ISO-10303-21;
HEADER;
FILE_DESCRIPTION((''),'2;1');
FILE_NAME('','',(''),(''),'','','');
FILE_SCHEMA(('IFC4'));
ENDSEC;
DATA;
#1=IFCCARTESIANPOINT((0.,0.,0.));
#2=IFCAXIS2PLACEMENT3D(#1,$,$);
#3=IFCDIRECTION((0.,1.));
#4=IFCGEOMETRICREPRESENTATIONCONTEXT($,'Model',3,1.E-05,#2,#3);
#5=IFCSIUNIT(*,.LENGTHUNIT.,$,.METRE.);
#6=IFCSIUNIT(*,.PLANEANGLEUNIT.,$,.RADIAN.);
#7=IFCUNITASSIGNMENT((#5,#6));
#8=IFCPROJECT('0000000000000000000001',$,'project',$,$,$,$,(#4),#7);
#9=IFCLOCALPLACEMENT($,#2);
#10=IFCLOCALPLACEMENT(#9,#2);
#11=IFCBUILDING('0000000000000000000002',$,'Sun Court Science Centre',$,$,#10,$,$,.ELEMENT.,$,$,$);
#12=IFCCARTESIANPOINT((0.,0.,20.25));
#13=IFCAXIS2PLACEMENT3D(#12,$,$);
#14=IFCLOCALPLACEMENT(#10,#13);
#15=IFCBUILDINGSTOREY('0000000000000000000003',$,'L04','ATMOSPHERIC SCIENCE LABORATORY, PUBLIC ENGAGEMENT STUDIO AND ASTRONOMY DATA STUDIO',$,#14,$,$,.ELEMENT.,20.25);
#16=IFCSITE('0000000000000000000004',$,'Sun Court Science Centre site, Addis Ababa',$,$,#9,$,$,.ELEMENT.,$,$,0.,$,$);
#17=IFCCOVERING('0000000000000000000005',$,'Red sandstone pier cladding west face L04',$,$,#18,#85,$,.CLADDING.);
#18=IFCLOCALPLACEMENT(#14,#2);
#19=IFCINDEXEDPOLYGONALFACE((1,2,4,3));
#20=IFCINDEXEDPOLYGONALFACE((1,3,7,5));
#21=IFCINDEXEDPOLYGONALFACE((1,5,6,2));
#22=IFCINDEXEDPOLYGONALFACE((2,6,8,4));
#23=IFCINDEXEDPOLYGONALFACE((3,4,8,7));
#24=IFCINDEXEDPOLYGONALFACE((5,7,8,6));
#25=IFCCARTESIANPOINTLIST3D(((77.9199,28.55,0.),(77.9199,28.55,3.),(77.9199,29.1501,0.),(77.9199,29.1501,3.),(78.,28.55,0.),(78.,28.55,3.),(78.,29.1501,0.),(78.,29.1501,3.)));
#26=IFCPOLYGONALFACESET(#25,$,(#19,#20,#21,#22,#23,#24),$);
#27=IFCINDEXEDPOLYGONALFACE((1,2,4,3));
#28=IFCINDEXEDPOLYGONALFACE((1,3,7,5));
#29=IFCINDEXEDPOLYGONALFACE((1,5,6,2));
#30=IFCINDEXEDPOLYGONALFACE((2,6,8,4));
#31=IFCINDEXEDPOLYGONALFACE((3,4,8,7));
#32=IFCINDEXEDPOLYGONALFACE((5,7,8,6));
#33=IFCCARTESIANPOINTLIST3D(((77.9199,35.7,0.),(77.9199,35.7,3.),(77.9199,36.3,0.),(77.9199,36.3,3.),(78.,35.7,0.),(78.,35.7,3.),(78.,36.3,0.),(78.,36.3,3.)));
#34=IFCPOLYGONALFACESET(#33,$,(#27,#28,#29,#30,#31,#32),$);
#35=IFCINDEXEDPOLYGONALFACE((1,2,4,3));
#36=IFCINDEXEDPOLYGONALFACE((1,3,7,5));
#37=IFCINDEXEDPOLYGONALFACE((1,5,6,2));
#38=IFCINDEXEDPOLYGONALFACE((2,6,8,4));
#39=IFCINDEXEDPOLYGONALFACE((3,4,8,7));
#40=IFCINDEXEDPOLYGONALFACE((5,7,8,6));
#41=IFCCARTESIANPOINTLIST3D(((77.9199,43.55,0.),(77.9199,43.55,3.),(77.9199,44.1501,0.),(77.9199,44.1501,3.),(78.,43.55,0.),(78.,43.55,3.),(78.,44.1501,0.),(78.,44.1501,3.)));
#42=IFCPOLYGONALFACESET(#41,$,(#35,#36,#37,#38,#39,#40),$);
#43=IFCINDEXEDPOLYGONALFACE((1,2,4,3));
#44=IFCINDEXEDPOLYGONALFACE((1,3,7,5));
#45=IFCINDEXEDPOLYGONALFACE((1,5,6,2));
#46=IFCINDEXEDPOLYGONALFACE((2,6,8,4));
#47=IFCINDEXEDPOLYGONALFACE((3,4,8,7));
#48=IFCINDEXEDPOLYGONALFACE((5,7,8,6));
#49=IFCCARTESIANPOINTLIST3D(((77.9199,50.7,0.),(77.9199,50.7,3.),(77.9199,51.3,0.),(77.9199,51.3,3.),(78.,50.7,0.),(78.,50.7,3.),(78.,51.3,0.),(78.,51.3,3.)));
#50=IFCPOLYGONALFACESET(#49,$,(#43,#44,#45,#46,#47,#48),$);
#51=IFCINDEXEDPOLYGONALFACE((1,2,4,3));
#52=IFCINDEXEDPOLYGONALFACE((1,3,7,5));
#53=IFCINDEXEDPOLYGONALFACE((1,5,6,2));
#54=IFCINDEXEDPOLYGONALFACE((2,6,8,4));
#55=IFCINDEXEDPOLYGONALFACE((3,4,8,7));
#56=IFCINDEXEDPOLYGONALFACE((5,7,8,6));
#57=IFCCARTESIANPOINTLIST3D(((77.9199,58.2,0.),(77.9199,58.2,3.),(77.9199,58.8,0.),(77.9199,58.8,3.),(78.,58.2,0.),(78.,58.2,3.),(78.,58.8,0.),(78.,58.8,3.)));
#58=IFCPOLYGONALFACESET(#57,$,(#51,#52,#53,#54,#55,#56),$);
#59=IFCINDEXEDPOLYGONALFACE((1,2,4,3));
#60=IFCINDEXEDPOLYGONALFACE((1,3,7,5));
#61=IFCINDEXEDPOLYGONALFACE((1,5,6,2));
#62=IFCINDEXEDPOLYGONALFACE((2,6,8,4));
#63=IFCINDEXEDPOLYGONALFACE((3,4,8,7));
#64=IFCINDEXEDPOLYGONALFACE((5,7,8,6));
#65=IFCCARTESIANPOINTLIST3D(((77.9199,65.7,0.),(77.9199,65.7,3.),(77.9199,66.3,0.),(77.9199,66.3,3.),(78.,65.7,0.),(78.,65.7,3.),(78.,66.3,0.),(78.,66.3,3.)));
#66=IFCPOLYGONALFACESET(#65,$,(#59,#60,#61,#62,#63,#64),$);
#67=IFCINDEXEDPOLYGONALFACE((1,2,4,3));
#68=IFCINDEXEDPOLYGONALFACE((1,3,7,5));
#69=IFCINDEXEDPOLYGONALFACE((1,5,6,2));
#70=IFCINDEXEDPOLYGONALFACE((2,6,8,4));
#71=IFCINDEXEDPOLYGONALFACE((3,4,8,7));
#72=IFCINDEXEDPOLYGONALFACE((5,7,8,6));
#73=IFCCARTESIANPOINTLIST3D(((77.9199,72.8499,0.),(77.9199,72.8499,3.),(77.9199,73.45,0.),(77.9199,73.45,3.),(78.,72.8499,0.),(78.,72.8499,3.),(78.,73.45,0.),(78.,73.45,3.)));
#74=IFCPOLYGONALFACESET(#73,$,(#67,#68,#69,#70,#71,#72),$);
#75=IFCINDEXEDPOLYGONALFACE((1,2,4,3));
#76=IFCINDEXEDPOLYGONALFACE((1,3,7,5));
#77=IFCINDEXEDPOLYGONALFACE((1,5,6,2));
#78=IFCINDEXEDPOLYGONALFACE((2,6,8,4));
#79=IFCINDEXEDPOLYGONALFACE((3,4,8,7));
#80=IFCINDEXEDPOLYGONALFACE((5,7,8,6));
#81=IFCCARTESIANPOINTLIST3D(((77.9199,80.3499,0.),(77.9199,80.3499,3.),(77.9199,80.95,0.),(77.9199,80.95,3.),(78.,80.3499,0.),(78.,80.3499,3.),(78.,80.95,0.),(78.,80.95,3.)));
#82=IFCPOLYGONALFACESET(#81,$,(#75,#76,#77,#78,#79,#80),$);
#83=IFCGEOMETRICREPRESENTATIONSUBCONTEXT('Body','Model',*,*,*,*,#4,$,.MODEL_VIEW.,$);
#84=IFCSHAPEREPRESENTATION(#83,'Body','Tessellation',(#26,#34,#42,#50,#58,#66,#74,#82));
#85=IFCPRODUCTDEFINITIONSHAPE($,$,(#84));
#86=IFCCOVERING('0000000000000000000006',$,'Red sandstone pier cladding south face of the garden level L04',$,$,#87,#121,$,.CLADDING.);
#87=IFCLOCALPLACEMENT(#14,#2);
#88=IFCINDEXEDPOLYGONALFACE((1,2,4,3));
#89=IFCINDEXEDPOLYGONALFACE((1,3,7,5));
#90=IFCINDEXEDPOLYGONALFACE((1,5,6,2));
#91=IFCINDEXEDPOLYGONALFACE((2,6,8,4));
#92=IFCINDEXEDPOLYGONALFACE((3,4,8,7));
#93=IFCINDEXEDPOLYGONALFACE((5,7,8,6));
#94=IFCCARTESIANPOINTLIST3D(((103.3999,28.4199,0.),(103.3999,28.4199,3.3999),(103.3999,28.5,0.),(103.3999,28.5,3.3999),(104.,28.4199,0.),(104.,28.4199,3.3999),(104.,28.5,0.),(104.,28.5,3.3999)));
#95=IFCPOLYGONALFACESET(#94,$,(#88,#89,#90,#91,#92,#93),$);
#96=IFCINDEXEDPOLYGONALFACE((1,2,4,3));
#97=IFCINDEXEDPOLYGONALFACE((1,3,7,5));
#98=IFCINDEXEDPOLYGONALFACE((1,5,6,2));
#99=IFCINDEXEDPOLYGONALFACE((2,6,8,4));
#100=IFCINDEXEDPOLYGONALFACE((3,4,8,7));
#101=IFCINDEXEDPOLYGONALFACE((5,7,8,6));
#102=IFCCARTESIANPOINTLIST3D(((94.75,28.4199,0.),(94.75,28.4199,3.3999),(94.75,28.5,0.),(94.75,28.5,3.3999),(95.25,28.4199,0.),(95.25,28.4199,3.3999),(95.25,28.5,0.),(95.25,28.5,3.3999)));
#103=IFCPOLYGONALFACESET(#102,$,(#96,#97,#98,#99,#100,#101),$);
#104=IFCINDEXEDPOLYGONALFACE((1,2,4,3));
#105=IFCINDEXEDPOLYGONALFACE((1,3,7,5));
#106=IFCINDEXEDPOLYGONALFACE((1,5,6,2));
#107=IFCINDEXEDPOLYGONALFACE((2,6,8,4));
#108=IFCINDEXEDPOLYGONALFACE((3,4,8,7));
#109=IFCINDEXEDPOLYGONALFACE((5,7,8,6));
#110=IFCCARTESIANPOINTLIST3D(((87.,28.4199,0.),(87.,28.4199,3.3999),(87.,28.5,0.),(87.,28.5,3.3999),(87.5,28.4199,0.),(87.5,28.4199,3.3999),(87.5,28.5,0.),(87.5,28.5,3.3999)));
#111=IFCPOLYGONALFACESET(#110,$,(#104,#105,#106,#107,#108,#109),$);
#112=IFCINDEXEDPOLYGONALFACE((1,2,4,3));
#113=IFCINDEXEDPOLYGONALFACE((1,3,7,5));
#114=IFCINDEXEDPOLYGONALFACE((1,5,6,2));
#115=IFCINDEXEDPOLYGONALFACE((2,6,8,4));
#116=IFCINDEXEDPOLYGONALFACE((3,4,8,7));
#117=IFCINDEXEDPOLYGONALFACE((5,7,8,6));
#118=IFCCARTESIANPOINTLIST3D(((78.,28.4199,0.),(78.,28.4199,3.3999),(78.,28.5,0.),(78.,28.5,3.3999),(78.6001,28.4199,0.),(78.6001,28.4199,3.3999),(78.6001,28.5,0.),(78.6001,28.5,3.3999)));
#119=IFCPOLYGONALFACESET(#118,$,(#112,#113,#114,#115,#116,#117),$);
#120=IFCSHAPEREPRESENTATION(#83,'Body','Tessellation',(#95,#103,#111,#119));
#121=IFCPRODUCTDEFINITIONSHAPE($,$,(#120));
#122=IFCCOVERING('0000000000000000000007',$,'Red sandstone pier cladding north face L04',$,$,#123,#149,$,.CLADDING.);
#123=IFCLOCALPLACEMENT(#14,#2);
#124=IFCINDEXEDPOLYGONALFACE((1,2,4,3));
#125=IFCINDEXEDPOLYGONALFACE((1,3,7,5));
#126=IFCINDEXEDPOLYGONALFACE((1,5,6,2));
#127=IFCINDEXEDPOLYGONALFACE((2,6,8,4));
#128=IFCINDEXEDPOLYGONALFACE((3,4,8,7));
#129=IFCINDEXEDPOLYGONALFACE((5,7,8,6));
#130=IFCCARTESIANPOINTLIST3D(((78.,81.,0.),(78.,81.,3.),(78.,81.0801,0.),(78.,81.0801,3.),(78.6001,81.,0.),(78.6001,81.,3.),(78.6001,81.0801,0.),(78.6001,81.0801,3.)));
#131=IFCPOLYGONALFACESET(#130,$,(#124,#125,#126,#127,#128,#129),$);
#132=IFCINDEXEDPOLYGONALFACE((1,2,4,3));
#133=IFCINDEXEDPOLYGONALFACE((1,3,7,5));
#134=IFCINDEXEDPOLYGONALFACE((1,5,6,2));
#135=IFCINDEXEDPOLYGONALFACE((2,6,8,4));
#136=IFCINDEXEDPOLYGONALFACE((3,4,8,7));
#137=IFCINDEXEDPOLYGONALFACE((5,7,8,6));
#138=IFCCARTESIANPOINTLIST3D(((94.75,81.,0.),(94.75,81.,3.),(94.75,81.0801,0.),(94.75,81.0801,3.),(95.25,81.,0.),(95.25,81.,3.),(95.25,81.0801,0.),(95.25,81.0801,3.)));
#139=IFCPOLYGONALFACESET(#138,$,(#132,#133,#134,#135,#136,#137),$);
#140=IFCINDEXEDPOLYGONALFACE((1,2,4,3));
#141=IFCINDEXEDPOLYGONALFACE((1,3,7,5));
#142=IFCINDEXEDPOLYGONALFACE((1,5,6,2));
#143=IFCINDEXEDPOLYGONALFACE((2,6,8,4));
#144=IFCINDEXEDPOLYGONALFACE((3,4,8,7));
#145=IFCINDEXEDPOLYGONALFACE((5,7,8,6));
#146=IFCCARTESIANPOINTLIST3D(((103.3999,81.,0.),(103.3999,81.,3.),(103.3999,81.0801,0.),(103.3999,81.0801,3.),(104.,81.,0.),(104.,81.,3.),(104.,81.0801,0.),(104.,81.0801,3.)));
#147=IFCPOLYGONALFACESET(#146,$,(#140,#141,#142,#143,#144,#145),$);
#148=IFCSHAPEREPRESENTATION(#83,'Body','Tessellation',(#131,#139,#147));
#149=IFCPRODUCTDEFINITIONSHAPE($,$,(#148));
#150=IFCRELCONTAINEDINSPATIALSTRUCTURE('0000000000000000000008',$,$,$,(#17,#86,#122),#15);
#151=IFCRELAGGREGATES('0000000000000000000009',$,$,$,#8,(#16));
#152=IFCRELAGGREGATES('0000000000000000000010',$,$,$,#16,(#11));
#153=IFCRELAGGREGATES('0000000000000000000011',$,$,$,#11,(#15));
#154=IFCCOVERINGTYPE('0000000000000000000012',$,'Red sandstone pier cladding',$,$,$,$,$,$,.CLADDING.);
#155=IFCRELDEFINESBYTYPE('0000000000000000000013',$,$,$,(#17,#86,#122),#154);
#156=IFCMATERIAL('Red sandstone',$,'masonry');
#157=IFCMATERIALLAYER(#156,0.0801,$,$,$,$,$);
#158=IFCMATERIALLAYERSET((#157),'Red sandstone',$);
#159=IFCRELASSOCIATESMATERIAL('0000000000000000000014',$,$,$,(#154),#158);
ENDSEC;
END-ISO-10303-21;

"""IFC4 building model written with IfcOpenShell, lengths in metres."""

from ifc_helpers import new_model, si_unit, direction, frame, origin, origin_2d, place, context, subcontext, project, spatial, rectangle, extrude, material, layer, layer_set, type_object, element, save


model = new_model("IFC4")

# Units and contexts
model_context = context("Model", 3, precision=1e-05, world=origin(), true_north=direction((0.0, 1.0)))
body_context = subcontext(model_context, "Body", "Model", "MODEL_VIEW")
ifc_project = project(units=[si_unit("LENGTHUNIT", "METRE"), si_unit("PLANEANGLEUNIT", "RADIAN")], contexts=[model_context])

# Site, building, storey
site_placement = place(None, origin())
site = spatial("IfcSite", under=ifc_project, at=site_placement, Name="Sun Court Science Centre site, Addis Ababa", CompositionType="ELEMENT", RefElevation=0.0)
building_placement = place(site_placement, origin())
building = spatial("IfcBuilding", under=site, at=building_placement, Name="Sun Court Science Centre", CompositionType="ELEMENT")
storey_placement = place(building_placement, frame((0.0, 0.0, 20.25)))
storey = spatial("IfcBuildingStorey", under=building, at=storey_placement, Name="L04", Description="ATMOSPHERIC SCIENCE LABORATORY, PUBLIC ENGAGEMENT STUDIO AND ASTRONOMY DATA STUDIO", CompositionType="ELEMENT", Elevation=20.25)

# Coverings
ifc_material_1 = material(Name="Red sandstone", Category="masonry")
ifc_layer_1 = layer(ifc_material_1, 0.0801)
ifc_layer_set_1 = layer_set([ifc_layer_1], Name="Red sandstone")
covering_type_1 = type_object("IfcCoveringType", Name="Red sandstone pier cladding", PredefinedType="CLADDING", material=ifc_layer_set_1)
covering_1_placement = place(storey_placement, frame((0.0, 0.0, -20.25)))
element("IfcCovering", 1, at=covering_1_placement, inside=storey, type_object=covering_type_1, Name="Red sandstone pier cladding west face L04", PredefinedType="CLADDING", context=body_context, shape_type="SweptSolid", body=[
    extrude(rectangle(XDim=0.6001, YDim=0.0801, at=origin_2d()), frame((77.96, 28.8501, 20.25), z_axis=(0.0, 0.0, 1.0), x_axis=(0.0, 1.0, 0.0)), (0.0, 0.0, 1.0), 3.0),
    extrude(rectangle(XDim=0.6001, YDim=0.0801, at=origin_2d()), frame((77.96, 36.0, 20.25), z_axis=(0.0, 0.0, 1.0), x_axis=(0.0, 1.0, 0.0)), (0.0, 0.0, 1.0), 3.0),
    extrude(rectangle(XDim=0.6001, YDim=0.0801, at=origin_2d()), frame((77.96, 43.8501, 20.25), z_axis=(0.0, 0.0, 1.0), x_axis=(0.0, 1.0, 0.0)), (0.0, 0.0, 1.0), 3.0),
    extrude(rectangle(XDim=0.6001, YDim=0.0801, at=origin_2d()), frame((77.96, 51.0, 20.25), z_axis=(0.0, 0.0, 1.0), x_axis=(0.0, 1.0, 0.0)), (0.0, 0.0, 1.0), 3.0),
    extrude(rectangle(XDim=0.6001, YDim=0.0801, at=origin_2d()), frame((77.96, 58.5, 20.25), z_axis=(0.0, 0.0, 1.0), x_axis=(0.0, 1.0, 0.0)), (0.0, 0.0, 1.0), 3.0),
    extrude(rectangle(XDim=0.6001, YDim=0.0801, at=origin_2d()), frame((77.96, 66.0, 20.25), z_axis=(0.0, 0.0, 1.0), x_axis=(0.0, 1.0, 0.0)), (0.0, 0.0, 1.0), 3.0),
    extrude(rectangle(XDim=0.6001, YDim=0.0801, at=origin_2d()), frame((77.96, 73.1499, 20.25), z_axis=(0.0, 0.0, 1.0), x_axis=(0.0, 1.0, 0.0)), (0.0, 0.0, 1.0), 3.0),
    extrude(rectangle(XDim=0.6001, YDim=0.0801, at=origin_2d()), frame((77.96, 80.6499, 20.25), z_axis=(0.0, 0.0, 1.0), x_axis=(0.0, 1.0, 0.0)), (0.0, 0.0, 1.0), 3.0),
])
covering_2_placement = place(storey_placement, frame((0.0, 0.0, -20.25)))
element("IfcCovering", 2, at=covering_2_placement, inside=storey, type_object=covering_type_1, Name="Red sandstone pier cladding south face of the garden level L04", PredefinedType="CLADDING", context=body_context, shape_type="SweptSolid", body=[
    extrude(rectangle(XDim=0.6001, YDim=0.0801, at=origin_2d()), frame((103.7, 28.46, 20.25), z_axis=(0.0, 0.0, 1.0), x_axis=(-1.0, 0.0, 0.0)), (0.0, 0.0, 1.0), 3.3999),
    extrude(rectangle(XDim=0.5, YDim=0.0801, at=origin_2d()), frame((95.0, 28.46, 20.25), z_axis=(0.0, 0.0, 1.0), x_axis=(-1.0, 0.0, 0.0)), (0.0, 0.0, 1.0), 3.3999),
    extrude(rectangle(XDim=0.5, YDim=0.0801, at=origin_2d()), frame((87.25, 28.46, 20.25), z_axis=(0.0, 0.0, 1.0), x_axis=(-1.0, 0.0, 0.0)), (0.0, 0.0, 1.0), 3.3999),
    extrude(rectangle(XDim=0.6001, YDim=0.0801, at=origin_2d()), frame((78.3, 28.46, 20.25), z_axis=(0.0, 0.0, 1.0), x_axis=(-1.0, 0.0, 0.0)), (0.0, 0.0, 1.0), 3.3999),
])
covering_3_placement = place(storey_placement, frame((0.0, 0.0, -20.25)))
element("IfcCovering", 3, at=covering_3_placement, inside=storey, type_object=covering_type_1, Name="Red sandstone pier cladding north face L04", PredefinedType="CLADDING", context=body_context, shape_type="SweptSolid", body=[
    extrude(rectangle(XDim=0.6001, YDim=0.0801, at=origin_2d()), frame((78.3, 81.04, 20.25), z_axis=(0.0, 0.0, 1.0), x_axis=(1.0, 0.0, 0.0)), (0.0, 0.0, 1.0), 3.0),
    extrude(rectangle(XDim=0.5, YDim=0.0801, at=origin_2d()), frame((95.0, 81.04, 20.25), z_axis=(0.0, 0.0, 1.0), x_axis=(1.0, 0.0, 0.0)), (0.0, 0.0, 1.0), 3.0),
    extrude(rectangle(XDim=0.6001, YDim=0.0801, at=origin_2d()), frame((103.7, 81.04, 20.25), z_axis=(0.0, 0.0, 1.0), x_axis=(1.0, 0.0, 0.0)), (0.0, 0.0, 1.0), 3.0),
])

save(model, "model.ifc")
